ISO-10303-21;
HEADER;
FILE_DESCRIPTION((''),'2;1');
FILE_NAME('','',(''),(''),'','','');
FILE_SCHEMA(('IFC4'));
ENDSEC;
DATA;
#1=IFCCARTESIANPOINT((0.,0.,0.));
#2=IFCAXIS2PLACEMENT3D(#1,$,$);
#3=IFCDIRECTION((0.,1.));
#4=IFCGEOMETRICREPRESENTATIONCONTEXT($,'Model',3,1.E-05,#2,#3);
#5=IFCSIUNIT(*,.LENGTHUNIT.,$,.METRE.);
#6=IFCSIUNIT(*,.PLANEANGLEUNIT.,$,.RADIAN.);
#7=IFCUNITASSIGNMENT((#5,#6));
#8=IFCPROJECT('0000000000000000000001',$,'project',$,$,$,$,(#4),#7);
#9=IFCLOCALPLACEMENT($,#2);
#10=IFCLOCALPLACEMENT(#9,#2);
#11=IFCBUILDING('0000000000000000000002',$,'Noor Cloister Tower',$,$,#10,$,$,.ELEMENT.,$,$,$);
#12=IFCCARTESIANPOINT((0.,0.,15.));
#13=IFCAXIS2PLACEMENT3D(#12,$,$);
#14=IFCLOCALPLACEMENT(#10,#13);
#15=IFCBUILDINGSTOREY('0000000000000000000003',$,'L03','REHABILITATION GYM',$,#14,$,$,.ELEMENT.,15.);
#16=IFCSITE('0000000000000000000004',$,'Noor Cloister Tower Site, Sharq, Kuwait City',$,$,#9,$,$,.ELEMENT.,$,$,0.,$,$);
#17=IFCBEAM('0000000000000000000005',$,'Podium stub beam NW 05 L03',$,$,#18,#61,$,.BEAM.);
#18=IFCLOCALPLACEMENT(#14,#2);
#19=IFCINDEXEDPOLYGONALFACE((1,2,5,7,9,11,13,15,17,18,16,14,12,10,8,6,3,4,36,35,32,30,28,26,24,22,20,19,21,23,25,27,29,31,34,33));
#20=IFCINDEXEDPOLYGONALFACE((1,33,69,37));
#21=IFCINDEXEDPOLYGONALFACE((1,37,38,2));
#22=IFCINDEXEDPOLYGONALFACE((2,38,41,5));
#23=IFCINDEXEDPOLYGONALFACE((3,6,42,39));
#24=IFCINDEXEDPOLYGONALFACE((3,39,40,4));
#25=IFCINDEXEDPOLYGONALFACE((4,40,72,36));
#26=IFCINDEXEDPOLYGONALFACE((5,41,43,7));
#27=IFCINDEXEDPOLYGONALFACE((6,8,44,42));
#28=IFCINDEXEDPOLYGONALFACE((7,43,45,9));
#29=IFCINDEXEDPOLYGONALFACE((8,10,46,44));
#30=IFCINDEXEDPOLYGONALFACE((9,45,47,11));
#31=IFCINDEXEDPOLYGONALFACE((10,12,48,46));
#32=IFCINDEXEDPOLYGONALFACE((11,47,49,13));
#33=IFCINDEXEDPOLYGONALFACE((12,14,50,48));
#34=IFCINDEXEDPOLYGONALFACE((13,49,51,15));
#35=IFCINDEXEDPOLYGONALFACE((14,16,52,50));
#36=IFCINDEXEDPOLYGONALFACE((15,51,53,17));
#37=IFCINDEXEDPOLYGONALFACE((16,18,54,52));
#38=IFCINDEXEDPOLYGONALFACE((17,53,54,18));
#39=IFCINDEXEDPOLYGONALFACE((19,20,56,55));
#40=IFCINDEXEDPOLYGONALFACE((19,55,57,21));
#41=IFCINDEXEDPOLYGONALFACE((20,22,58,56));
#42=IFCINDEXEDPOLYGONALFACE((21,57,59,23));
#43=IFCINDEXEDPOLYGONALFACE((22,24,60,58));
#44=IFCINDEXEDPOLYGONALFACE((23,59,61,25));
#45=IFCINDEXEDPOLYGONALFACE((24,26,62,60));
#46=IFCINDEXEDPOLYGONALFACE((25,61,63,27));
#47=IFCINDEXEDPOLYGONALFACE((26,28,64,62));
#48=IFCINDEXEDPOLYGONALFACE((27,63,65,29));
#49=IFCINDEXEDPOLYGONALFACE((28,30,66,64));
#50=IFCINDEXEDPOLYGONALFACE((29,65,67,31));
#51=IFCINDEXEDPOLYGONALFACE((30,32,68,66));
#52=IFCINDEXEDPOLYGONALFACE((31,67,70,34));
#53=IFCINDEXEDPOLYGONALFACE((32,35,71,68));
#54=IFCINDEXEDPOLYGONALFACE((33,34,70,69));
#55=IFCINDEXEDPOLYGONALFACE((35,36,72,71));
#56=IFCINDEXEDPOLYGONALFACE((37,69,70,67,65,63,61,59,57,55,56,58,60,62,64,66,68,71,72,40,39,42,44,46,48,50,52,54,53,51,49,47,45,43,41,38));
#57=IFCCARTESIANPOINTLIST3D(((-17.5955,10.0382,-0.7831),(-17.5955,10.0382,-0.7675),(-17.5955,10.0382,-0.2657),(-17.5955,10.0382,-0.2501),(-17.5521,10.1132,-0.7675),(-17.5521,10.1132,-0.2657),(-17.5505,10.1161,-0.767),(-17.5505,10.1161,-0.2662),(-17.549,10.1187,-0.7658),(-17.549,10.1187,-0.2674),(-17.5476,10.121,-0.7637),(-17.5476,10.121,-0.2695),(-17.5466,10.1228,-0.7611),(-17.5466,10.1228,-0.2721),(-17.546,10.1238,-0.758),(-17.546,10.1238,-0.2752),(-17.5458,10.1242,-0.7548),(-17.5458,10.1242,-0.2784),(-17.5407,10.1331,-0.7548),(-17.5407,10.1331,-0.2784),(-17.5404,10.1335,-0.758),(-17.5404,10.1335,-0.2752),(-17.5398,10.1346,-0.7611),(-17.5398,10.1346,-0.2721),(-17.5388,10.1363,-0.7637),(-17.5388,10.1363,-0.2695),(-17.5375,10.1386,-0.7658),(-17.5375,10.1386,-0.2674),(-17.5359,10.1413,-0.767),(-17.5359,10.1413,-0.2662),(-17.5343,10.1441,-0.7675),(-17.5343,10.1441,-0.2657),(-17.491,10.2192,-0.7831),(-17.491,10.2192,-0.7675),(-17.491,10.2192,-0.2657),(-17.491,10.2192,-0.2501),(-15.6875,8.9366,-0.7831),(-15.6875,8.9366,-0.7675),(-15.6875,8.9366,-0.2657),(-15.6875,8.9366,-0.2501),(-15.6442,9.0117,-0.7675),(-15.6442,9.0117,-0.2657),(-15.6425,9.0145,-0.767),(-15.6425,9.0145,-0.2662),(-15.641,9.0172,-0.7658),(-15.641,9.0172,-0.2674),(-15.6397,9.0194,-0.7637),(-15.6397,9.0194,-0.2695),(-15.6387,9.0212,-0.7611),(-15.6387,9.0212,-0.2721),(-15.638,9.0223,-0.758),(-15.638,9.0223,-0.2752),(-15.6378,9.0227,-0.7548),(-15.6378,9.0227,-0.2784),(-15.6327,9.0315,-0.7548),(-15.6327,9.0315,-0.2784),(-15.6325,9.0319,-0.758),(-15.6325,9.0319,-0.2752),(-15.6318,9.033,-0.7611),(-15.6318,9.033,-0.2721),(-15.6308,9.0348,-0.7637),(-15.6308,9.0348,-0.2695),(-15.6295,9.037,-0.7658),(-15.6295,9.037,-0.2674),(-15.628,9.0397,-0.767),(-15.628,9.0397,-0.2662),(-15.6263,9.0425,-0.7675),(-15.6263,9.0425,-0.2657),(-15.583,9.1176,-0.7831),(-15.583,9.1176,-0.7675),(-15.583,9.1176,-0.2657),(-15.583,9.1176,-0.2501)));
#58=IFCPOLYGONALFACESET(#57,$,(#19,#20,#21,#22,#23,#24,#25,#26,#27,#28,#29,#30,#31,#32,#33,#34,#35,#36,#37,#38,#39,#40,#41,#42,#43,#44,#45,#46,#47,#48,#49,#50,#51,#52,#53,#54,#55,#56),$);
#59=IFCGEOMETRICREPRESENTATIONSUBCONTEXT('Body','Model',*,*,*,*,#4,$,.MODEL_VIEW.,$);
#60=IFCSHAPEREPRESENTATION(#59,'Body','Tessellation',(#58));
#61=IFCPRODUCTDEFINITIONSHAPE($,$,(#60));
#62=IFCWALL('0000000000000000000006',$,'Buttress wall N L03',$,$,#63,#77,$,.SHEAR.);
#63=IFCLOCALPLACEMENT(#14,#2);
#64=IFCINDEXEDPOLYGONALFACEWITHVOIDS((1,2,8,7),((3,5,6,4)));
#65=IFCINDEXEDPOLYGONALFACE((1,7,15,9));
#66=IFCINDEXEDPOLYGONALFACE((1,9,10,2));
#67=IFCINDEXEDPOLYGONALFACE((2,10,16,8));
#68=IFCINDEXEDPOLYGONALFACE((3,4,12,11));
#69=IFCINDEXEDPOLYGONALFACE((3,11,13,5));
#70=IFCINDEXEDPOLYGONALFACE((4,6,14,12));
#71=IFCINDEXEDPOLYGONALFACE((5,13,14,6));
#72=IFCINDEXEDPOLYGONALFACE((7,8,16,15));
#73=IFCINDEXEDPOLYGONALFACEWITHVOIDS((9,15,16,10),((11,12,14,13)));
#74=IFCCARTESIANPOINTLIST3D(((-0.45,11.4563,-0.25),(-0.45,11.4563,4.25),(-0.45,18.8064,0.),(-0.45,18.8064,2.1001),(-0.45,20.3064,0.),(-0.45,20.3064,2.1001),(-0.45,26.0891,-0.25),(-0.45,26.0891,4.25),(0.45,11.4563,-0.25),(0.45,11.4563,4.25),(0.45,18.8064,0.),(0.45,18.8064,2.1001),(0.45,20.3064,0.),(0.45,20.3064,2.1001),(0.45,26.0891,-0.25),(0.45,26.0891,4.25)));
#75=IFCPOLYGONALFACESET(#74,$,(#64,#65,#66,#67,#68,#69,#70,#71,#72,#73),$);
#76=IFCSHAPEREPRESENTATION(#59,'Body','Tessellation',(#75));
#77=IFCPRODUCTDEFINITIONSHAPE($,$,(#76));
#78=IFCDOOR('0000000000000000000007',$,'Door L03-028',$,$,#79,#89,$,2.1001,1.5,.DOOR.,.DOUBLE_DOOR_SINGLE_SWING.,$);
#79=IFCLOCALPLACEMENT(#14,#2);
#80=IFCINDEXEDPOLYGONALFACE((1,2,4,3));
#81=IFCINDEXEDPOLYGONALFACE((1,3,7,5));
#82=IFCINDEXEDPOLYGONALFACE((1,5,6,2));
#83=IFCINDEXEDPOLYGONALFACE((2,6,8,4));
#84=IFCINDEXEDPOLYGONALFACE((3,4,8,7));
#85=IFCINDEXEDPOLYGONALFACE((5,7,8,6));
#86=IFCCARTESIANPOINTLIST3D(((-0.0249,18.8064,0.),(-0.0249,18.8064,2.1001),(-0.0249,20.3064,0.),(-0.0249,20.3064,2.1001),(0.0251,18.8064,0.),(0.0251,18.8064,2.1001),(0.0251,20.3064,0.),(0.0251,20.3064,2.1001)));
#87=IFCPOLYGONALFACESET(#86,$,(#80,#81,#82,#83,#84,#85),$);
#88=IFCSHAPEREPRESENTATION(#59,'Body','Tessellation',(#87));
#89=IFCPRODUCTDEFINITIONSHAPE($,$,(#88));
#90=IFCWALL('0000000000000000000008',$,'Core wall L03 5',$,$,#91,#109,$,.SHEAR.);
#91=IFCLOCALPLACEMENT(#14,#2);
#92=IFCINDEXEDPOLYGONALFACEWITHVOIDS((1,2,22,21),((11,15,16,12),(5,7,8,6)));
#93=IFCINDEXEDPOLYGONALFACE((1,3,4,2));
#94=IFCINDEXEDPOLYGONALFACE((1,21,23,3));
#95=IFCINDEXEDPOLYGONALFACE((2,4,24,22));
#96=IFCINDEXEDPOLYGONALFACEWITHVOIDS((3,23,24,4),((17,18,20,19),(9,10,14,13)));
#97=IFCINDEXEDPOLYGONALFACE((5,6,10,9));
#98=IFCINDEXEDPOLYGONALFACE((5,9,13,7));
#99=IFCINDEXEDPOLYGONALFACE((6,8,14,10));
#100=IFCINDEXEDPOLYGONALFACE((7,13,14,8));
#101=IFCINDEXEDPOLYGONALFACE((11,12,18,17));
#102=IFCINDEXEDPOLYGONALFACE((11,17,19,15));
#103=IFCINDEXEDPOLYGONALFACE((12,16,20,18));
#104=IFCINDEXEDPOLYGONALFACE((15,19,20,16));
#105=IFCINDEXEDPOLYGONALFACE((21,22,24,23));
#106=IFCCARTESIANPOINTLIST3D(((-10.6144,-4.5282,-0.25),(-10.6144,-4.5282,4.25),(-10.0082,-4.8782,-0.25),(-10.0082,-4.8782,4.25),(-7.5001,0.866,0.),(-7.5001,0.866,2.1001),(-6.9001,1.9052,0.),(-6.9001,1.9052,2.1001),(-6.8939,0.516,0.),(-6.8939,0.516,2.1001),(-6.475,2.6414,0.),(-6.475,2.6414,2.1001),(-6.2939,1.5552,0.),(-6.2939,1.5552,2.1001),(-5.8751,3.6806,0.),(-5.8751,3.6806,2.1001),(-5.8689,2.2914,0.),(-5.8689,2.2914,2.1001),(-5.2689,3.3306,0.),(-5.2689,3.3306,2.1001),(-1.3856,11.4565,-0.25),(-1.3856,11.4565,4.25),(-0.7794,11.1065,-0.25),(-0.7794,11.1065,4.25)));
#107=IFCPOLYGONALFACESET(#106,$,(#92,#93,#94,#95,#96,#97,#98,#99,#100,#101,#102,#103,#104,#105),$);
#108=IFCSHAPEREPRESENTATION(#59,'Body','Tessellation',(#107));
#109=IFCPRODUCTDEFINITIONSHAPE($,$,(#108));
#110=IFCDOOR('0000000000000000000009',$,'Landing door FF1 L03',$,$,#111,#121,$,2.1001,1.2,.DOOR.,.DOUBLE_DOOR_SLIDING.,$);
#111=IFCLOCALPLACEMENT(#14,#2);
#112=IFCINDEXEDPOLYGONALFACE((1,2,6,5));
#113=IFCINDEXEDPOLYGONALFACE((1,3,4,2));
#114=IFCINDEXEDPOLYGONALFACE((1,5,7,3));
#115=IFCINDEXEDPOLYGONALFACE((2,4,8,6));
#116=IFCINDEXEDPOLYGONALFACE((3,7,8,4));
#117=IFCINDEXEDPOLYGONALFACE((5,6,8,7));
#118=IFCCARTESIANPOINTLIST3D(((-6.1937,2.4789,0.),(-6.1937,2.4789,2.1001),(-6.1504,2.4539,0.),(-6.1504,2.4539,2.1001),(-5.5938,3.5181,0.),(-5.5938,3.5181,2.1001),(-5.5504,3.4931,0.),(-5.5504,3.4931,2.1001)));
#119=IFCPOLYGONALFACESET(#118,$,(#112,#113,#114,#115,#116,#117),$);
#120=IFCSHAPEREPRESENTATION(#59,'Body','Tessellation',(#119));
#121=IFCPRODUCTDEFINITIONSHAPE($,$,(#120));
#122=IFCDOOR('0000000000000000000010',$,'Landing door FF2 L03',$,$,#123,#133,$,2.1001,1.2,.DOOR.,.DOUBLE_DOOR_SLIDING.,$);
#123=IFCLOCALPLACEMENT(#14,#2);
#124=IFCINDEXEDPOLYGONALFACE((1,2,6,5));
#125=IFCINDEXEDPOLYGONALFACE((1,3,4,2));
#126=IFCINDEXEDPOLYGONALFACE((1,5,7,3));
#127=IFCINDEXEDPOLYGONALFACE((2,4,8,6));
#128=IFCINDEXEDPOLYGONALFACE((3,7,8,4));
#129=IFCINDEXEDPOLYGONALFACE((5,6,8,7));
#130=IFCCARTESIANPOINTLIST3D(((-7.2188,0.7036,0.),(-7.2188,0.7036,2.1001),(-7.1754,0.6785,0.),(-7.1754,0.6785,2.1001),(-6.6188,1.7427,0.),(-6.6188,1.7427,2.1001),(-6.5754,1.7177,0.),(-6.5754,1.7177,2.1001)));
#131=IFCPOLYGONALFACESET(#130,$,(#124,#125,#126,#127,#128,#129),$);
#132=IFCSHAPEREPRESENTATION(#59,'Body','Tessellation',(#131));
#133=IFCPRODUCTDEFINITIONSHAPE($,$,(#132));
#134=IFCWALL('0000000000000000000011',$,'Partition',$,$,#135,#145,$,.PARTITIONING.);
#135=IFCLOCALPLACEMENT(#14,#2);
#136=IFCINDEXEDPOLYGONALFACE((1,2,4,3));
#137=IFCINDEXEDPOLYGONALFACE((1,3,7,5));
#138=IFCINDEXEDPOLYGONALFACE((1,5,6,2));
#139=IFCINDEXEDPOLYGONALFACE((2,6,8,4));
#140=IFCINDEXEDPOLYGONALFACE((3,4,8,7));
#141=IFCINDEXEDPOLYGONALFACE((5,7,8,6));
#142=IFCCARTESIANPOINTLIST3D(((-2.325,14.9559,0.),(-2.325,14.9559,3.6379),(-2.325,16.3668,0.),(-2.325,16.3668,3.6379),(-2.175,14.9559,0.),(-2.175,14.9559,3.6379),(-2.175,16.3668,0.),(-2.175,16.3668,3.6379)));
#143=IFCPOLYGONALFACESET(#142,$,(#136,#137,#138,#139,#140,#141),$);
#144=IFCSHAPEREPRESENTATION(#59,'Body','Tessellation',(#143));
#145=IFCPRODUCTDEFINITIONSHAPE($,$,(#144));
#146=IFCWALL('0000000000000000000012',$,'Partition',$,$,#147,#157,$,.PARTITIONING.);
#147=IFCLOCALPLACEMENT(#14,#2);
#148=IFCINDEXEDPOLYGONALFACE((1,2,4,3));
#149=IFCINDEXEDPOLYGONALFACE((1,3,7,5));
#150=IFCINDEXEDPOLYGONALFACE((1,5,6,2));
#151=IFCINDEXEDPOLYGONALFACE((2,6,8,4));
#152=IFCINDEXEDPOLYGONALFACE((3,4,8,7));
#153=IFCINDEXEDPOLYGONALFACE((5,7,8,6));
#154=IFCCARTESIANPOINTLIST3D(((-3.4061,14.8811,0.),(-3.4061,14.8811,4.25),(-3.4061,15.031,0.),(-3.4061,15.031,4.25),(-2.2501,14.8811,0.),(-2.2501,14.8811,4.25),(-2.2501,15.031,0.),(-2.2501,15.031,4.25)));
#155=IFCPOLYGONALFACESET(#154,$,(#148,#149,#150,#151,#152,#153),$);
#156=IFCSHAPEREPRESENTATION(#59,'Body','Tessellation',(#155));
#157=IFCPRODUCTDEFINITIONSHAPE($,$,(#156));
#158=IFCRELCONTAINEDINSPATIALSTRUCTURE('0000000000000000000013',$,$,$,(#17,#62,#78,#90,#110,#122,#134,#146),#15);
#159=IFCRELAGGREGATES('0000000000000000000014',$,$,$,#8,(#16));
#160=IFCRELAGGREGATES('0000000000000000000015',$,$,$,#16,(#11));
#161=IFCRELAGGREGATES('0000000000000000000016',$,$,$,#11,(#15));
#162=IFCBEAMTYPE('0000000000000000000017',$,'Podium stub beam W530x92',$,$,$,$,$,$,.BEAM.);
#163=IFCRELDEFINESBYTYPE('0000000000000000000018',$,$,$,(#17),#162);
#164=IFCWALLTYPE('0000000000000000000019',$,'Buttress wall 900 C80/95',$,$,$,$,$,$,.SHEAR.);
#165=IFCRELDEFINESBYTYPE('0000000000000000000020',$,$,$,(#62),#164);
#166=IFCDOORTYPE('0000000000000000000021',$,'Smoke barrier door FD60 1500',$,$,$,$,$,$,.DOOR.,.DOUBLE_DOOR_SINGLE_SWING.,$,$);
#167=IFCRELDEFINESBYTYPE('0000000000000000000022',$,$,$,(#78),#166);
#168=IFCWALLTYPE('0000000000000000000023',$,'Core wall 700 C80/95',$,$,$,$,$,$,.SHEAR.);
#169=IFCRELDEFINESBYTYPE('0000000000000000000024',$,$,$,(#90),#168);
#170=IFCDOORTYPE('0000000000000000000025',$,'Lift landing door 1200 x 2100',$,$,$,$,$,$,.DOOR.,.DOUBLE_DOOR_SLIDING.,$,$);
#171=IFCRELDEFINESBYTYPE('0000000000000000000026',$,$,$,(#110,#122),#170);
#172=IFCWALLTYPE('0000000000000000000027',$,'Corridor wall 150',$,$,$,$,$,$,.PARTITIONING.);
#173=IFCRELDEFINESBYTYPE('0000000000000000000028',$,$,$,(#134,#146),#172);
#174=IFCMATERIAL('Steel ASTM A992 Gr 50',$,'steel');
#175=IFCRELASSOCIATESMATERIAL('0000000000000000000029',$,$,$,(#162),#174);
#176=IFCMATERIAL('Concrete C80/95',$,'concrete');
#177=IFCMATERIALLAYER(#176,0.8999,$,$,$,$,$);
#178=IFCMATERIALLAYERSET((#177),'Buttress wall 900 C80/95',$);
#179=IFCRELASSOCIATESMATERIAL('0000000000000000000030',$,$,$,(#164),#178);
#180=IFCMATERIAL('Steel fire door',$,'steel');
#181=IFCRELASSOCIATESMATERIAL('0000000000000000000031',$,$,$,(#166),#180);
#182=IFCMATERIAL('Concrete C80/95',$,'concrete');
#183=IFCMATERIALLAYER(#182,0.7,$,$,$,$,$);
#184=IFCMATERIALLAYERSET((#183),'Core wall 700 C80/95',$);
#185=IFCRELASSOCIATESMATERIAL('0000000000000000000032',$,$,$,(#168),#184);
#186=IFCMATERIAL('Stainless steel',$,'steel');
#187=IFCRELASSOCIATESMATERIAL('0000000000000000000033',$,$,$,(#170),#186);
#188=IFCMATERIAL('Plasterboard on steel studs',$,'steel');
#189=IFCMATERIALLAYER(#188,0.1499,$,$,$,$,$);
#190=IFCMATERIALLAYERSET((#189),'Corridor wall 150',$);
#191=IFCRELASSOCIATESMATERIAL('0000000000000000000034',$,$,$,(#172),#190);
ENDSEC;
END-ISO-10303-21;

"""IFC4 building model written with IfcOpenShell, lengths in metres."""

from ifc_helpers import new_model, si_unit, direction, frame, frame_2d, origin, origin_2d, place, context, subcontext, project, spatial, rectangle, i_section, extrude, material, layer, layer_set, material_profile, profile_set, type_object, element, fill, save


model = new_model("IFC4")

# Units and contexts
model_context = context("Model", 3, precision=1e-05, world=origin(), true_north=direction((0.0, 1.0)))
body_context = subcontext(model_context, "Body", "Model", "MODEL_VIEW")
ifc_project = project(units=[si_unit("LENGTHUNIT", "METRE"), si_unit("PLANEANGLEUNIT", "RADIAN")], contexts=[model_context])

# Site, building, storey
site_placement = place(None, origin())
site = spatial("IfcSite", under=ifc_project, at=site_placement, Name="Noor Cloister Tower Site, Sharq, Kuwait City", CompositionType="ELEMENT", RefElevation=0.0)
building_placement = place(site_placement, origin())
building = spatial("IfcBuilding", under=site, at=building_placement, Name="Noor Cloister Tower", CompositionType="ELEMENT")
storey_placement = place(building_placement, frame((0.0, 0.0, 15.0)))
storey = spatial("IfcBuildingStorey", under=building, at=storey_placement, Name="L03", Description="REHABILITATION GYM", CompositionType="ELEMENT", Elevation=15.0)

# Beam
ifc_material_1 = material(Name="Steel ASTM A992 Gr 50", Category="steel")
ifc_material_profile_1 = material_profile(ifc_material_1, i_section(OverallWidth=0.209, OverallDepth=0.533, WebThickness=0.0103, FlangeThickness=0.0156, FilletRadius=0.0127, at=origin_2d()), Name="W530x92")
ifc_profile_set_1 = profile_set([ifc_material_profile_1], Name="Steel ASTM A992 Gr 50")
beam_type_1 = type_object("IfcBeamType", Name="Podium stub beam W530x92", PredefinedType="BEAM", material=ifc_profile_set_1)
beam_1_placement = place(storey_placement, frame((-15.6353, 9.0271, -0.5166), z_axis=(-0.866025, 0.500001, 0.0), x_axis=(-0.500001, -0.866025, 0.0)))
element("IfcBeam", 1, at=beam_1_placement, inside=storey, type_object=beam_type_1, Name="Podium stub beam NW 05 L03", PredefinedType="BEAM", context=body_context, shape_type="SweptSolid", body=[
    extrude(i_section(OverallWidth=0.209, OverallDepth=0.533, WebThickness=0.0103, FlangeThickness=0.0156, FilletRadius=0.0127, at=origin_2d()), origin(), (0.0, 0.0, 1.0), 2.2031),
])

# Wall, opening, door
ifc_material_2 = material(Name="Concrete C80/95", Category="concrete")
ifc_layer_1 = layer(ifc_material_2, 0.8999)
ifc_layer_set_1 = layer_set([ifc_layer_1], Name="Buttress wall 900 C80/95")
wall_type_1 = type_object("IfcWallType", Name="Buttress wall 900 C80/95", PredefinedType="SHEAR", material=ifc_layer_set_1)
wall_1_placement = place(storey_placement, frame((0.0, 11.4563, -0.25), z_axis=(0.0, 0.0, 1.0), x_axis=(0.0, 1.0, 0.0)))
wall_1 = element("IfcWall", 2, at=wall_1_placement, inside=storey, type_object=wall_type_1, Name="Buttress wall N L03", PredefinedType="SHEAR", context=body_context, shape_type="SweptSolid", body=[
    extrude(rectangle(XDim=14.6328, YDim=0.8999, at=frame_2d((7.3164, 0.0))), origin(), (0.0, 0.0, 1.0), 4.5),
])
opening_1_placement = place(wall_1_placement, frame((7.3501, 0.0, 0.25)))
opening_1 = element("IfcOpeningElement", 3, at=opening_1_placement, cuts=wall_1, PredefinedType="OPENING", context=body_context, shape_type="SweptSolid", body=[
    extrude(rectangle(XDim=1.5, YDim=2.1001, at=frame_2d((0.75, 1.05))), frame((0.0, 0.46, 0.0), z_axis=(0.0, -1.0, 0.0), x_axis=(1.0, 0.0, 0.0)), (0.0, 0.0, 1.0), 0.9199),
])
ifc_material_3 = material(Name="Steel fire door", Category="steel")
door_type_1 = type_object("IfcDoorType", Name="Smoke barrier door FD60 1500", OperationType="DOUBLE_DOOR_SINGLE_SWING", PredefinedType="DOOR", material=ifc_material_3)
door_1_placement = place(opening_1_placement, origin())
door_1 = element("IfcDoor", 4, at=door_1_placement, inside=storey, type_object=door_type_1, Name="Door L03-028", OperationType="DOUBLE_DOOR_SINGLE_SWING", OverallHeight=2.1001, OverallWidth=1.5, PredefinedType="DOOR", context=body_context, shape_type="SweptSolid", body=[
    extrude(rectangle(XDim=1.5, YDim=2.1001, at=frame_2d((0.75, 1.05))), frame((0.0, 0.0249, 0.0), z_axis=(0.0, -1.0, 0.0), x_axis=(1.0, 0.0, 0.0)), (0.0, 0.0, 1.0), 0.05),
])
fill(opening_1, door_1)

# Wall, openings, doors
ifc_material_4 = material(Name="Concrete C80/95", Category="concrete")
ifc_layer_2 = layer(ifc_material_4, 0.7)
ifc_layer_set_2 = layer_set([ifc_layer_2], Name="Core wall 700 C80/95")
wall_type_2 = type_object("IfcWallType", Name="Core wall 700 C80/95", PredefinedType="SHEAR", material=ifc_layer_set_2)
wall_2_placement = place(storey_placement, frame((-1.0825, 11.2815, -0.25), z_axis=(0.0, 0.0, 1.0), x_axis=(-0.500001, -0.866025, 0.0)))
wall_2 = element("IfcWall", 5, at=wall_2_placement, inside=storey, type_object=wall_type_2, Name="Core wall L03 5", PredefinedType="SHEAR", context=body_context, shape_type="SweptSolid", body=[
    extrude(rectangle(XDim=18.4575, YDim=0.7, at=frame_2d((9.2288, 0.0))), origin(), (0.0, 0.0, 1.0), 4.5),
])
opening_2_placement = place(wall_2_placement, frame((8.9788, 0.0, 0.25)))
opening_2 = element("IfcOpeningElement", 6, at=opening_2_placement, cuts=wall_2, PredefinedType="OPENING", context=body_context, shape_type="SweptSolid", body=[
    extrude(rectangle(XDim=1.2, YDim=2.1001, at=frame_2d((0.6001, 1.05))), frame((0.0, 0.3599, 0.0), z_axis=(0.0, -1.0, 0.0), x_axis=(1.0, 0.0, 0.0)), (0.0, 0.0, 1.0), 0.72),
])
opening_3_placement = place(wall_2_placement, frame((11.0288, 0.0, 0.25)))
opening_3 = element("IfcOpeningElement", 7, at=opening_3_placement, cuts=wall_2, PredefinedType="OPENING", context=body_context, shape_type="SweptSolid", body=[
    extrude(rectangle(XDim=1.2, YDim=2.1001, at=frame_2d((0.6001, 1.05))), frame((0.0, 0.3599, 0.0), z_axis=(0.0, -1.0, 0.0), x_axis=(1.0, 0.0, 0.0)), (0.0, 0.0, 1.0), 0.72),
])
ifc_material_5 = material(Name="Stainless steel", Category="steel")
door_type_2 = type_object("IfcDoorType", Name="Lift landing door 1200 x 2100", OperationType="DOUBLE_DOOR_SLIDING", PredefinedType="DOOR", material=ifc_material_5)
door_2_placement = place(opening_2_placement, origin())
door_2 = element("IfcDoor", 8, at=door_2_placement, inside=storey, type_object=door_type_2, Name="Landing door FF1 L03", OperationType="DOUBLE_DOOR_SLIDING", OverallHeight=2.1001, OverallWidth=1.2, PredefinedType="DOOR", context=body_context, shape_type="SweptSolid", body=[
    extrude(rectangle(XDim=1.2, YDim=2.1001, at=frame_2d((0.6001, 1.05))), frame((0.0, 0.0249, 0.0), z_axis=(0.0, -1.0, 0.0), x_axis=(1.0, 0.0, 0.0)), (0.0, 0.0, 1.0), 0.05),
])
fill(opening_2, door_2)
door_3_placement = place(opening_3_placement, origin())
door_3 = element("IfcDoor", 9, at=door_3_placement, inside=storey, type_object=door_type_2, Name="Landing door FF2 L03", OperationType="DOUBLE_DOOR_SLIDING", OverallHeight=2.1001, OverallWidth=1.2, PredefinedType="DOOR", context=body_context, shape_type="SweptSolid", body=[
    extrude(rectangle(XDim=1.2, YDim=2.1001, at=frame_2d((0.6001, 1.05))), frame((0.0, 0.0249, 0.0), z_axis=(0.0, -1.0, 0.0), x_axis=(1.0, 0.0, 0.0)), (0.0, 0.0, 1.0), 0.05),
])
fill(opening_3, door_3)

# Walls
ifc_material_6 = material(Name="Plasterboard on steel studs", Category="steel")
ifc_layer_3 = layer(ifc_material_6, 0.1499)
ifc_layer_set_3 = layer_set([ifc_layer_3], Name="Corridor wall 150")
wall_type_3 = type_object("IfcWallType", Name="Corridor wall 150", PredefinedType="PARTITIONING", material=ifc_layer_set_3)
wall_3_placement = place(storey_placement, frame((-2.25, 16.3669, 0.0), z_axis=(0.0, 0.0, 1.0), x_axis=(0.0, -1.0, 0.0)))
element("IfcWall", 10, at=wall_3_placement, inside=storey, type_object=wall_type_3, Name="Partition", PredefinedType="PARTITIONING", context=body_context, shape_type="SweptSolid", body=[
    extrude(rectangle(XDim=1.4109, YDim=0.1499, at=frame_2d((0.7056, 0.0))), origin(), (0.0, 0.0, 1.0), 3.6379),
])
wall_4_placement = place(storey_placement, frame((-2.25, 14.9561, 0.0), z_axis=(0.0, 0.0, 1.0), x_axis=(-1.0, 0.0, 0.0)))
element("IfcWall", 11, at=wall_4_placement, inside=storey, type_object=wall_type_3, Name="Partition", PredefinedType="PARTITIONING", context=body_context, shape_type="SweptSolid", body=[
    extrude(rectangle(XDim=1.156, YDim=0.1499, at=frame_2d((0.5781, 0.0))), origin(), (0.0, 0.0, 1.0), 4.25),
])

save(model, "model.ifc")
